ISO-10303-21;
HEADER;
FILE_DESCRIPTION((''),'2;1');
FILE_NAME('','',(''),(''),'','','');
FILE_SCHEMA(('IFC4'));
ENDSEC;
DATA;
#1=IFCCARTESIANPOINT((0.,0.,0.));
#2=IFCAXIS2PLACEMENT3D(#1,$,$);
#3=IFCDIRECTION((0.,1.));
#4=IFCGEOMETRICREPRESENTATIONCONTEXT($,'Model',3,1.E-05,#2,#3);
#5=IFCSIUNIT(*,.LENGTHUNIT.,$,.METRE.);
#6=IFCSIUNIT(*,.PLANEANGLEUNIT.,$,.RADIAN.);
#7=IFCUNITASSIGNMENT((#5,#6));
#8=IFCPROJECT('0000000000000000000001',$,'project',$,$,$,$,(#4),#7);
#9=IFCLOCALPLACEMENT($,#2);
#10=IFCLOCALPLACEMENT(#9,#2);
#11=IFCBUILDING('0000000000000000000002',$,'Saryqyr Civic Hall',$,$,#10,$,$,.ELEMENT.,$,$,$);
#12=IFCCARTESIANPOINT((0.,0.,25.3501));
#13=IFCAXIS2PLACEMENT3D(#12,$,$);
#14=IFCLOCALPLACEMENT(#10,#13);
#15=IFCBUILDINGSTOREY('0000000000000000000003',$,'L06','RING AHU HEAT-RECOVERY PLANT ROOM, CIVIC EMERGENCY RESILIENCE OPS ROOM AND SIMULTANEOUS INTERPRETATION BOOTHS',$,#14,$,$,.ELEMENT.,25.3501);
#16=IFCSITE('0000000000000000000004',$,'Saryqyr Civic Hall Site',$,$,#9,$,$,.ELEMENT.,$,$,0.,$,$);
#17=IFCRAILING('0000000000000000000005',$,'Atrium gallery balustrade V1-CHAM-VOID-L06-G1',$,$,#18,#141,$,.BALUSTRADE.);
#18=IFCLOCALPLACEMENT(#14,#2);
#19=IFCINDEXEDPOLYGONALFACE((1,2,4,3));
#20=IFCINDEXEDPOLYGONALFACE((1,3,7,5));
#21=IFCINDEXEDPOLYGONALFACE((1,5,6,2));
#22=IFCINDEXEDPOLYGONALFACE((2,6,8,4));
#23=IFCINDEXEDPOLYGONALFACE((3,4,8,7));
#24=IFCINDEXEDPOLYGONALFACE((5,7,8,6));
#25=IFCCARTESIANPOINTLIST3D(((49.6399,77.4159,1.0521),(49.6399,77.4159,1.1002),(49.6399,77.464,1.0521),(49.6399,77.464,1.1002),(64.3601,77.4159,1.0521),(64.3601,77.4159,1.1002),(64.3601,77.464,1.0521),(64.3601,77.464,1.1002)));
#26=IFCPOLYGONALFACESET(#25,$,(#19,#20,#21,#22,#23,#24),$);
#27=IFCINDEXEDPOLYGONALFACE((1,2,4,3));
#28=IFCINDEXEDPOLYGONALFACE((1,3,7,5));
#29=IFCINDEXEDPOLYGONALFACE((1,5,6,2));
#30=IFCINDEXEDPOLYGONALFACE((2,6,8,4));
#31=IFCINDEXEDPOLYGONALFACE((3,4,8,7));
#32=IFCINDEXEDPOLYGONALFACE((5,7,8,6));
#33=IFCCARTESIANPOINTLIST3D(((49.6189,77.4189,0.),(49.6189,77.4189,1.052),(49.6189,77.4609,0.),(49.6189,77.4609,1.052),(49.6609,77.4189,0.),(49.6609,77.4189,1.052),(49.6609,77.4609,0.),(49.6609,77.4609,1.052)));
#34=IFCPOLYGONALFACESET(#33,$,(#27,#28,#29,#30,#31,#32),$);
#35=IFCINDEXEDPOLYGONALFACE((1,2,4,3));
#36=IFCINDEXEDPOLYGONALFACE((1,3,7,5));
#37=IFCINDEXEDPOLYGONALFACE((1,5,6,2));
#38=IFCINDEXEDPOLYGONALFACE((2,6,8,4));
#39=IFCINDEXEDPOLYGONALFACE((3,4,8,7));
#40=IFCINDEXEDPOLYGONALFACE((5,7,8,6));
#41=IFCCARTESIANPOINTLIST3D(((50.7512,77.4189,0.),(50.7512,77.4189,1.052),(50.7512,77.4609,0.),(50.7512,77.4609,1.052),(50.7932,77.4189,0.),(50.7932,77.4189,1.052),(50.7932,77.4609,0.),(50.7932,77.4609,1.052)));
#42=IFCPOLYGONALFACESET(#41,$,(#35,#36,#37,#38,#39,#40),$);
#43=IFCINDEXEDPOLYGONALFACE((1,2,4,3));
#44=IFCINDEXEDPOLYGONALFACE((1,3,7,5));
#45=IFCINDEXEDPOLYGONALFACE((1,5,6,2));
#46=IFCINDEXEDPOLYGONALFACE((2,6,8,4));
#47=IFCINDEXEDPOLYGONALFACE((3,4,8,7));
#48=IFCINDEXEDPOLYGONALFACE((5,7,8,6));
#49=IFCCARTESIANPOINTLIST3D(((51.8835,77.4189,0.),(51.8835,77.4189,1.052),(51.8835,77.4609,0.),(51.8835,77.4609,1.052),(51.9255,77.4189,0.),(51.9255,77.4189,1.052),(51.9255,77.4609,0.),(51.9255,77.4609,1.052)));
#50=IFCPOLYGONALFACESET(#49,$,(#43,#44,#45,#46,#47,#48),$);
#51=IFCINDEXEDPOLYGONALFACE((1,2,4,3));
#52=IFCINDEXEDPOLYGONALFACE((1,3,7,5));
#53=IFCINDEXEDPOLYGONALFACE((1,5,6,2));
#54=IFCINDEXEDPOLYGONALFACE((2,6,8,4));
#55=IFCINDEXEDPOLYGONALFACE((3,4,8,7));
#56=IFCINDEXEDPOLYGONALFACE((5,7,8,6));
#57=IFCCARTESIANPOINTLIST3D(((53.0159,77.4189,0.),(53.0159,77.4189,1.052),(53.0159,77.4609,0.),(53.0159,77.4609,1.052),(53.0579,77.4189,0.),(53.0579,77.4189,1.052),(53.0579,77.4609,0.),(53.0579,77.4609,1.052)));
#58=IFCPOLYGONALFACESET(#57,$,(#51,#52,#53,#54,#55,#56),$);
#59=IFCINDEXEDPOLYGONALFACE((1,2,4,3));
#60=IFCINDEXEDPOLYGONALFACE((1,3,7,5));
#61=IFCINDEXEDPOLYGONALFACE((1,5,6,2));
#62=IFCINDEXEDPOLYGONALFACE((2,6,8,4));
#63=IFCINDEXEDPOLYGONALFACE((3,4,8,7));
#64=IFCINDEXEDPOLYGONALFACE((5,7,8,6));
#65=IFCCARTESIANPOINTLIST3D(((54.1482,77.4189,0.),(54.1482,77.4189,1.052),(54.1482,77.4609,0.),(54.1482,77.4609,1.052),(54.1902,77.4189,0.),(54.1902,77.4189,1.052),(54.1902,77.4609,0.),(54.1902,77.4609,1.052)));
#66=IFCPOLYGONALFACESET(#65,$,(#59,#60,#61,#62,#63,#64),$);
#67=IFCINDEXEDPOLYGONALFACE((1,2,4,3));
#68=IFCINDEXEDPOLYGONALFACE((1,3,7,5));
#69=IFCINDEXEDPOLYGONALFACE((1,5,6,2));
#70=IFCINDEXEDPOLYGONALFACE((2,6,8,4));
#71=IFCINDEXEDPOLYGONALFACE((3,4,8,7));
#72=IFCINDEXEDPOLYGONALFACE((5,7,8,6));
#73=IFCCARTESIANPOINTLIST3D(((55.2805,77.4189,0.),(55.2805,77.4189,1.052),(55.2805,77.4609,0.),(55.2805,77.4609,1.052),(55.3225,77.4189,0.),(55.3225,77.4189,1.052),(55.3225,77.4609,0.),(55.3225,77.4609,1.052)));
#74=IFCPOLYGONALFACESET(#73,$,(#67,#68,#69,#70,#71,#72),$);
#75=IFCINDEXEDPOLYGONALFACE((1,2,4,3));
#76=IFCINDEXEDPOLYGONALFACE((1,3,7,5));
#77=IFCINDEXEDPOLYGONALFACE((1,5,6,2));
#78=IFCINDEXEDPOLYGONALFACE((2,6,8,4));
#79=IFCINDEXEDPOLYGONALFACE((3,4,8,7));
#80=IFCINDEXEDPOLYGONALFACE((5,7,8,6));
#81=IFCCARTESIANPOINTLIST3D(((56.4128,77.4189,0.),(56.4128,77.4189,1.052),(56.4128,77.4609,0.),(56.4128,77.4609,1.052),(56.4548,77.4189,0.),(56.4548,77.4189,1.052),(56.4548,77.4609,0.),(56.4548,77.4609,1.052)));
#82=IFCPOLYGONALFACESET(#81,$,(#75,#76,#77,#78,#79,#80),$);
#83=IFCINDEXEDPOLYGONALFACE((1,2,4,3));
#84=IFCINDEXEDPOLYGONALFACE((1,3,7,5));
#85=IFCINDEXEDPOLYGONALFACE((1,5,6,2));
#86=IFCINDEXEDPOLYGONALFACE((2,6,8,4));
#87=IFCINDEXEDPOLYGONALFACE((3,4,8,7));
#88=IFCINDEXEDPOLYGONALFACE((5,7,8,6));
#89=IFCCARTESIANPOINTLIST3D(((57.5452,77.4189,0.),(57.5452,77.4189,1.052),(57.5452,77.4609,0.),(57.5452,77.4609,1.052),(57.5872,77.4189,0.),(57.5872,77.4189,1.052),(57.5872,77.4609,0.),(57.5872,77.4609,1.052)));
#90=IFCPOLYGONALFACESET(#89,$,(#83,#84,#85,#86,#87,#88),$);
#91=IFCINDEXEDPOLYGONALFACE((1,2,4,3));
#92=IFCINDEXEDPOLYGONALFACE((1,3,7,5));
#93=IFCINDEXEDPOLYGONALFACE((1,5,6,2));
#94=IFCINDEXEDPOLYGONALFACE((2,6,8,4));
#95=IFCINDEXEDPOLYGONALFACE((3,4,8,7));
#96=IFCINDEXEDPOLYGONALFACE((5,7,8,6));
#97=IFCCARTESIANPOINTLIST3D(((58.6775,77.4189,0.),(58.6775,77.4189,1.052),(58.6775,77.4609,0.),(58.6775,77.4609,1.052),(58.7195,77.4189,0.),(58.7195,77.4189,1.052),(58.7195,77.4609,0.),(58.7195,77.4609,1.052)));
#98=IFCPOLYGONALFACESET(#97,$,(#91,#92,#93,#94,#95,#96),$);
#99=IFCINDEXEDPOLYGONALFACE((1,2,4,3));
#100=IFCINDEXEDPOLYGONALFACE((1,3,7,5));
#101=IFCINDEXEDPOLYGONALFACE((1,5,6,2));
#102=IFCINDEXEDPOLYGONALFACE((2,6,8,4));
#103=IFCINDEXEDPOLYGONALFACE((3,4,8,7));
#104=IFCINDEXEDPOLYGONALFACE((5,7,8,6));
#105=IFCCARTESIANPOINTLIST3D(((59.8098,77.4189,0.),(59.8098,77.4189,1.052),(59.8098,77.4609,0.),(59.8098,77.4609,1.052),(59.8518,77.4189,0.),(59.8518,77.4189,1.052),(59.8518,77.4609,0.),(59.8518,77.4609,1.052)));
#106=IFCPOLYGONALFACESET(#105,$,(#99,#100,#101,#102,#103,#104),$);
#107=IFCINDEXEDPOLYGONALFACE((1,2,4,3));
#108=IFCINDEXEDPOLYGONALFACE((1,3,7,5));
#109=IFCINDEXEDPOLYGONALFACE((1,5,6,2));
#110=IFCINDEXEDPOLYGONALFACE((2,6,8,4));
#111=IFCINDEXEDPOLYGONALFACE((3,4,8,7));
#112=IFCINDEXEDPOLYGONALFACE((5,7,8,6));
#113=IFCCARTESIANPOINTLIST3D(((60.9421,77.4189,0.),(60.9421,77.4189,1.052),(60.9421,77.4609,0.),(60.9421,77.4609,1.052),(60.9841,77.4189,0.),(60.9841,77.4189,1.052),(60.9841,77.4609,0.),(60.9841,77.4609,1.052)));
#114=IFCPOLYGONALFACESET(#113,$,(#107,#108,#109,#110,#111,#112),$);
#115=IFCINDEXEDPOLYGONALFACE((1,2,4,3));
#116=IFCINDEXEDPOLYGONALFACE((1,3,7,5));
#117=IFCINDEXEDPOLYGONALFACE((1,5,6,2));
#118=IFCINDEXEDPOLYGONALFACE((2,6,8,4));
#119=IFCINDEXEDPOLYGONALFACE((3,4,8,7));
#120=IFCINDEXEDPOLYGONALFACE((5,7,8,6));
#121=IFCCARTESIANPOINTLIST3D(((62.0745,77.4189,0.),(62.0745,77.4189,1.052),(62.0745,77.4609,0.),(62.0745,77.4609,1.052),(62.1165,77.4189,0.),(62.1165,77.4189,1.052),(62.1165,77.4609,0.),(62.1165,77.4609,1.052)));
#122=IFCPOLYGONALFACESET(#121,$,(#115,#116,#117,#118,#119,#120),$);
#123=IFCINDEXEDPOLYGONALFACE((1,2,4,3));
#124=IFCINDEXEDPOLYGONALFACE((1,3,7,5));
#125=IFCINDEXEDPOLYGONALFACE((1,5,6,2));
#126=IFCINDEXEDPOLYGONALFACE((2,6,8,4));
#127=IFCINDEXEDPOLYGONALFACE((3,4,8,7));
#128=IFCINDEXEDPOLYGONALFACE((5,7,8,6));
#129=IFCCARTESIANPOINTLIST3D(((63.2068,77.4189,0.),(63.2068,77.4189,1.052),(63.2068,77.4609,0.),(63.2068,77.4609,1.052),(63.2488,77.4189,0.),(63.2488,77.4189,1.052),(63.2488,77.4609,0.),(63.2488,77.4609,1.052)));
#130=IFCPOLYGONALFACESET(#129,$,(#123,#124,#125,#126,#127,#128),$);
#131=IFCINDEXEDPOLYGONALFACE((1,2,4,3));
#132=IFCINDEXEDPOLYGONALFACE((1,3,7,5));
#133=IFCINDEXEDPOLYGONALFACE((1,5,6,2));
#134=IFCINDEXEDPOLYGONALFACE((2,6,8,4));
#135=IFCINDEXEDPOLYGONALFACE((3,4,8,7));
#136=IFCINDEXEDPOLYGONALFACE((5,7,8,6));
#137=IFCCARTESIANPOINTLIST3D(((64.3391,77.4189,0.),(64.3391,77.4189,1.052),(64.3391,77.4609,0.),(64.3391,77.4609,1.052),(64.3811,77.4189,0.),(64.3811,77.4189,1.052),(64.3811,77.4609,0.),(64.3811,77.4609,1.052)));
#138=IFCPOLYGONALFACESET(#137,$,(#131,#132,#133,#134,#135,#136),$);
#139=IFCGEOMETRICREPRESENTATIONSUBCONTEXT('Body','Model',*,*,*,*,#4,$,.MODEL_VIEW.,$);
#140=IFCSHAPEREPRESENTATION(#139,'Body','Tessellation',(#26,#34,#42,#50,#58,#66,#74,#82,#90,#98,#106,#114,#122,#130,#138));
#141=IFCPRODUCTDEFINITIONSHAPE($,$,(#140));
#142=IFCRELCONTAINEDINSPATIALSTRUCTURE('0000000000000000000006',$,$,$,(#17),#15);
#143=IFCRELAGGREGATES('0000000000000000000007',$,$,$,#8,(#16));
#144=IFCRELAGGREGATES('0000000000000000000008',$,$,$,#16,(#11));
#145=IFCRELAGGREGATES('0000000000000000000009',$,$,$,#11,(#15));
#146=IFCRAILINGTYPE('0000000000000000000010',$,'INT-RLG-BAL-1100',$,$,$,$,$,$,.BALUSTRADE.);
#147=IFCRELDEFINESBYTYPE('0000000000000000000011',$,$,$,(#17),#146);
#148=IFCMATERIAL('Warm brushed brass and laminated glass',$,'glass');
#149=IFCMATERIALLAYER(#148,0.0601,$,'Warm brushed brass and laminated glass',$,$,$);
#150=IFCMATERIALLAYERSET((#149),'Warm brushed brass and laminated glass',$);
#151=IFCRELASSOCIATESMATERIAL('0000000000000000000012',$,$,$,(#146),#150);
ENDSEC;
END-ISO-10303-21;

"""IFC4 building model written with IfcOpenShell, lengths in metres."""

from ifc_helpers import new_model, si_unit, direction, frame, origin, origin_2d, place, context, subcontext, project, spatial, rectangle, extrude, material, layer, layer_set, type_object, element, save


model = new_model("IFC4")

# Units and contexts
model_context = context("Model", 3, precision=1e-05, world=origin(), true_north=direction((0.0, 1.0)))
body_context = subcontext(model_context, "Body", "Model", "MODEL_VIEW")
ifc_project = project(units=[si_unit("LENGTHUNIT", "METRE"), si_unit("PLANEANGLEUNIT", "RADIAN")], contexts=[model_context])

# Site, building, storey
site_placement = place(None, origin())
site = spatial("IfcSite", under=ifc_project, at=site_placement, Name="Saryqyr Civic Hall Site", CompositionType="ELEMENT", RefElevation=0.0)
building_placement = place(site_placement, origin())
building = spatial("IfcBuilding", under=site, at=building_placement, Name="Saryqyr Civic Hall", CompositionType="ELEMENT")
storey_placement = place(building_placement, frame((0.0, 0.0, 25.3501)))
storey = spatial("IfcBuildingStorey", under=building, at=storey_placement, Name="L06", Description="RING AHU HEAT-RECOVERY PLANT ROOM, CIVIC EMERGENCY RESILIENCE OPS ROOM AND SIMULTANEOUS INTERPRETATION BOOTHS", CompositionType="ELEMENT", Elevation=25.3501)

# Railing
ifc_material_1 = material(Name="Warm brushed brass and laminated glass", Category="glass")
ifc_layer_1 = layer(ifc_material_1, 0.0601, Name="Warm brushed brass and laminated glass")
ifc_layer_set_1 = layer_set([ifc_layer_1], Name="Warm brushed brass and laminated glass")
railing_type_1 = type_object("IfcRailingType", Name="INT-RLG-BAL-1100", PredefinedType="BALUSTRADE", material=ifc_layer_set_1)
railing_1_placement = place(storey_placement, frame((49.6399, 77.4399, 0.0)))
element("IfcRailing", 1, at=railing_1_placement, inside=storey, type_object=railing_type_1, Name="Atrium gallery balustrade V1-CHAM-VOID-L06-G1", PredefinedType="BALUSTRADE", context=body_context, shape_type="SweptSolid", body=[
    extrude(rectangle(XDim=0.0481, YDim=0.0481, at=origin_2d()), frame((0.0, 0.0, 1.0762), z_axis=(1.0, 0.0, 0.0), x_axis=(0.0, 1.0, 0.0)), (0.0, 0.0, 1.0), 14.7202),
    extrude(rectangle(XDim=0.042, YDim=0.042, at=origin_2d()), origin(), (0.0, 0.0, 1.0), 1.052),
    extrude(rectangle(XDim=0.042, YDim=0.042, at=origin_2d()), frame((1.1323, 0.0, 0.0)), (0.0, 0.0, 1.0), 1.052),
    extrude(rectangle(XDim=0.042, YDim=0.042, at=origin_2d()), frame((2.2646, 0.0, 0.0)), (0.0, 0.0, 1.0), 1.052),
    extrude(rectangle(XDim=0.042, YDim=0.042, at=origin_2d()), frame((3.397, 0.0, 0.0)), (0.0, 0.0, 1.0), 1.052),
    extrude(rectangle(XDim=0.042, YDim=0.042, at=origin_2d()), frame((4.5293, 0.0, 0.0)), (0.0, 0.0, 1.0), 1.052),
    extrude(rectangle(XDim=0.042, YDim=0.042, at=origin_2d()), frame((5.6616, 0.0, 0.0)), (0.0, 0.0, 1.0), 1.052),
    extrude(rectangle(XDim=0.042, YDim=0.042, at=origin_2d()), frame((6.7939, 0.0, 0.0)), (0.0, 0.0, 1.0), 1.052),
    extrude(rectangle(XDim=0.042, YDim=0.042, at=origin_2d()), frame((7.9263, 0.0, 0.0)), (0.0, 0.0, 1.0), 1.052),
    extrude(rectangle(XDim=0.042, YDim=0.042, at=origin_2d()), frame((9.0586, 0.0, 0.0)), (0.0, 0.0, 1.0), 1.052),
    extrude(rectangle(XDim=0.042, YDim=0.042, at=origin_2d()), frame((10.1909, 0.0, 0.0)), (0.0, 0.0, 1.0), 1.052),
    extrude(rectangle(XDim=0.042, YDim=0.042, at=origin_2d()), frame((11.3232, 0.0, 0.0)), (0.0, 0.0, 1.0), 1.052),
    extrude(rectangle(XDim=0.042, YDim=0.042, at=origin_2d()), frame((12.4556, 0.0, 0.0)), (0.0, 0.0, 1.0), 1.052),
    extrude(rectangle(XDim=0.042, YDim=0.042, at=origin_2d()), frame((13.5879, 0.0, 0.0)), (0.0, 0.0, 1.0), 1.052),
    extrude(rectangle(XDim=0.042, YDim=0.042, at=origin_2d()), frame((14.7202, 0.0, 0.0)), (0.0, 0.0, 1.0), 1.052),
])

save(model, "model.ifc")
